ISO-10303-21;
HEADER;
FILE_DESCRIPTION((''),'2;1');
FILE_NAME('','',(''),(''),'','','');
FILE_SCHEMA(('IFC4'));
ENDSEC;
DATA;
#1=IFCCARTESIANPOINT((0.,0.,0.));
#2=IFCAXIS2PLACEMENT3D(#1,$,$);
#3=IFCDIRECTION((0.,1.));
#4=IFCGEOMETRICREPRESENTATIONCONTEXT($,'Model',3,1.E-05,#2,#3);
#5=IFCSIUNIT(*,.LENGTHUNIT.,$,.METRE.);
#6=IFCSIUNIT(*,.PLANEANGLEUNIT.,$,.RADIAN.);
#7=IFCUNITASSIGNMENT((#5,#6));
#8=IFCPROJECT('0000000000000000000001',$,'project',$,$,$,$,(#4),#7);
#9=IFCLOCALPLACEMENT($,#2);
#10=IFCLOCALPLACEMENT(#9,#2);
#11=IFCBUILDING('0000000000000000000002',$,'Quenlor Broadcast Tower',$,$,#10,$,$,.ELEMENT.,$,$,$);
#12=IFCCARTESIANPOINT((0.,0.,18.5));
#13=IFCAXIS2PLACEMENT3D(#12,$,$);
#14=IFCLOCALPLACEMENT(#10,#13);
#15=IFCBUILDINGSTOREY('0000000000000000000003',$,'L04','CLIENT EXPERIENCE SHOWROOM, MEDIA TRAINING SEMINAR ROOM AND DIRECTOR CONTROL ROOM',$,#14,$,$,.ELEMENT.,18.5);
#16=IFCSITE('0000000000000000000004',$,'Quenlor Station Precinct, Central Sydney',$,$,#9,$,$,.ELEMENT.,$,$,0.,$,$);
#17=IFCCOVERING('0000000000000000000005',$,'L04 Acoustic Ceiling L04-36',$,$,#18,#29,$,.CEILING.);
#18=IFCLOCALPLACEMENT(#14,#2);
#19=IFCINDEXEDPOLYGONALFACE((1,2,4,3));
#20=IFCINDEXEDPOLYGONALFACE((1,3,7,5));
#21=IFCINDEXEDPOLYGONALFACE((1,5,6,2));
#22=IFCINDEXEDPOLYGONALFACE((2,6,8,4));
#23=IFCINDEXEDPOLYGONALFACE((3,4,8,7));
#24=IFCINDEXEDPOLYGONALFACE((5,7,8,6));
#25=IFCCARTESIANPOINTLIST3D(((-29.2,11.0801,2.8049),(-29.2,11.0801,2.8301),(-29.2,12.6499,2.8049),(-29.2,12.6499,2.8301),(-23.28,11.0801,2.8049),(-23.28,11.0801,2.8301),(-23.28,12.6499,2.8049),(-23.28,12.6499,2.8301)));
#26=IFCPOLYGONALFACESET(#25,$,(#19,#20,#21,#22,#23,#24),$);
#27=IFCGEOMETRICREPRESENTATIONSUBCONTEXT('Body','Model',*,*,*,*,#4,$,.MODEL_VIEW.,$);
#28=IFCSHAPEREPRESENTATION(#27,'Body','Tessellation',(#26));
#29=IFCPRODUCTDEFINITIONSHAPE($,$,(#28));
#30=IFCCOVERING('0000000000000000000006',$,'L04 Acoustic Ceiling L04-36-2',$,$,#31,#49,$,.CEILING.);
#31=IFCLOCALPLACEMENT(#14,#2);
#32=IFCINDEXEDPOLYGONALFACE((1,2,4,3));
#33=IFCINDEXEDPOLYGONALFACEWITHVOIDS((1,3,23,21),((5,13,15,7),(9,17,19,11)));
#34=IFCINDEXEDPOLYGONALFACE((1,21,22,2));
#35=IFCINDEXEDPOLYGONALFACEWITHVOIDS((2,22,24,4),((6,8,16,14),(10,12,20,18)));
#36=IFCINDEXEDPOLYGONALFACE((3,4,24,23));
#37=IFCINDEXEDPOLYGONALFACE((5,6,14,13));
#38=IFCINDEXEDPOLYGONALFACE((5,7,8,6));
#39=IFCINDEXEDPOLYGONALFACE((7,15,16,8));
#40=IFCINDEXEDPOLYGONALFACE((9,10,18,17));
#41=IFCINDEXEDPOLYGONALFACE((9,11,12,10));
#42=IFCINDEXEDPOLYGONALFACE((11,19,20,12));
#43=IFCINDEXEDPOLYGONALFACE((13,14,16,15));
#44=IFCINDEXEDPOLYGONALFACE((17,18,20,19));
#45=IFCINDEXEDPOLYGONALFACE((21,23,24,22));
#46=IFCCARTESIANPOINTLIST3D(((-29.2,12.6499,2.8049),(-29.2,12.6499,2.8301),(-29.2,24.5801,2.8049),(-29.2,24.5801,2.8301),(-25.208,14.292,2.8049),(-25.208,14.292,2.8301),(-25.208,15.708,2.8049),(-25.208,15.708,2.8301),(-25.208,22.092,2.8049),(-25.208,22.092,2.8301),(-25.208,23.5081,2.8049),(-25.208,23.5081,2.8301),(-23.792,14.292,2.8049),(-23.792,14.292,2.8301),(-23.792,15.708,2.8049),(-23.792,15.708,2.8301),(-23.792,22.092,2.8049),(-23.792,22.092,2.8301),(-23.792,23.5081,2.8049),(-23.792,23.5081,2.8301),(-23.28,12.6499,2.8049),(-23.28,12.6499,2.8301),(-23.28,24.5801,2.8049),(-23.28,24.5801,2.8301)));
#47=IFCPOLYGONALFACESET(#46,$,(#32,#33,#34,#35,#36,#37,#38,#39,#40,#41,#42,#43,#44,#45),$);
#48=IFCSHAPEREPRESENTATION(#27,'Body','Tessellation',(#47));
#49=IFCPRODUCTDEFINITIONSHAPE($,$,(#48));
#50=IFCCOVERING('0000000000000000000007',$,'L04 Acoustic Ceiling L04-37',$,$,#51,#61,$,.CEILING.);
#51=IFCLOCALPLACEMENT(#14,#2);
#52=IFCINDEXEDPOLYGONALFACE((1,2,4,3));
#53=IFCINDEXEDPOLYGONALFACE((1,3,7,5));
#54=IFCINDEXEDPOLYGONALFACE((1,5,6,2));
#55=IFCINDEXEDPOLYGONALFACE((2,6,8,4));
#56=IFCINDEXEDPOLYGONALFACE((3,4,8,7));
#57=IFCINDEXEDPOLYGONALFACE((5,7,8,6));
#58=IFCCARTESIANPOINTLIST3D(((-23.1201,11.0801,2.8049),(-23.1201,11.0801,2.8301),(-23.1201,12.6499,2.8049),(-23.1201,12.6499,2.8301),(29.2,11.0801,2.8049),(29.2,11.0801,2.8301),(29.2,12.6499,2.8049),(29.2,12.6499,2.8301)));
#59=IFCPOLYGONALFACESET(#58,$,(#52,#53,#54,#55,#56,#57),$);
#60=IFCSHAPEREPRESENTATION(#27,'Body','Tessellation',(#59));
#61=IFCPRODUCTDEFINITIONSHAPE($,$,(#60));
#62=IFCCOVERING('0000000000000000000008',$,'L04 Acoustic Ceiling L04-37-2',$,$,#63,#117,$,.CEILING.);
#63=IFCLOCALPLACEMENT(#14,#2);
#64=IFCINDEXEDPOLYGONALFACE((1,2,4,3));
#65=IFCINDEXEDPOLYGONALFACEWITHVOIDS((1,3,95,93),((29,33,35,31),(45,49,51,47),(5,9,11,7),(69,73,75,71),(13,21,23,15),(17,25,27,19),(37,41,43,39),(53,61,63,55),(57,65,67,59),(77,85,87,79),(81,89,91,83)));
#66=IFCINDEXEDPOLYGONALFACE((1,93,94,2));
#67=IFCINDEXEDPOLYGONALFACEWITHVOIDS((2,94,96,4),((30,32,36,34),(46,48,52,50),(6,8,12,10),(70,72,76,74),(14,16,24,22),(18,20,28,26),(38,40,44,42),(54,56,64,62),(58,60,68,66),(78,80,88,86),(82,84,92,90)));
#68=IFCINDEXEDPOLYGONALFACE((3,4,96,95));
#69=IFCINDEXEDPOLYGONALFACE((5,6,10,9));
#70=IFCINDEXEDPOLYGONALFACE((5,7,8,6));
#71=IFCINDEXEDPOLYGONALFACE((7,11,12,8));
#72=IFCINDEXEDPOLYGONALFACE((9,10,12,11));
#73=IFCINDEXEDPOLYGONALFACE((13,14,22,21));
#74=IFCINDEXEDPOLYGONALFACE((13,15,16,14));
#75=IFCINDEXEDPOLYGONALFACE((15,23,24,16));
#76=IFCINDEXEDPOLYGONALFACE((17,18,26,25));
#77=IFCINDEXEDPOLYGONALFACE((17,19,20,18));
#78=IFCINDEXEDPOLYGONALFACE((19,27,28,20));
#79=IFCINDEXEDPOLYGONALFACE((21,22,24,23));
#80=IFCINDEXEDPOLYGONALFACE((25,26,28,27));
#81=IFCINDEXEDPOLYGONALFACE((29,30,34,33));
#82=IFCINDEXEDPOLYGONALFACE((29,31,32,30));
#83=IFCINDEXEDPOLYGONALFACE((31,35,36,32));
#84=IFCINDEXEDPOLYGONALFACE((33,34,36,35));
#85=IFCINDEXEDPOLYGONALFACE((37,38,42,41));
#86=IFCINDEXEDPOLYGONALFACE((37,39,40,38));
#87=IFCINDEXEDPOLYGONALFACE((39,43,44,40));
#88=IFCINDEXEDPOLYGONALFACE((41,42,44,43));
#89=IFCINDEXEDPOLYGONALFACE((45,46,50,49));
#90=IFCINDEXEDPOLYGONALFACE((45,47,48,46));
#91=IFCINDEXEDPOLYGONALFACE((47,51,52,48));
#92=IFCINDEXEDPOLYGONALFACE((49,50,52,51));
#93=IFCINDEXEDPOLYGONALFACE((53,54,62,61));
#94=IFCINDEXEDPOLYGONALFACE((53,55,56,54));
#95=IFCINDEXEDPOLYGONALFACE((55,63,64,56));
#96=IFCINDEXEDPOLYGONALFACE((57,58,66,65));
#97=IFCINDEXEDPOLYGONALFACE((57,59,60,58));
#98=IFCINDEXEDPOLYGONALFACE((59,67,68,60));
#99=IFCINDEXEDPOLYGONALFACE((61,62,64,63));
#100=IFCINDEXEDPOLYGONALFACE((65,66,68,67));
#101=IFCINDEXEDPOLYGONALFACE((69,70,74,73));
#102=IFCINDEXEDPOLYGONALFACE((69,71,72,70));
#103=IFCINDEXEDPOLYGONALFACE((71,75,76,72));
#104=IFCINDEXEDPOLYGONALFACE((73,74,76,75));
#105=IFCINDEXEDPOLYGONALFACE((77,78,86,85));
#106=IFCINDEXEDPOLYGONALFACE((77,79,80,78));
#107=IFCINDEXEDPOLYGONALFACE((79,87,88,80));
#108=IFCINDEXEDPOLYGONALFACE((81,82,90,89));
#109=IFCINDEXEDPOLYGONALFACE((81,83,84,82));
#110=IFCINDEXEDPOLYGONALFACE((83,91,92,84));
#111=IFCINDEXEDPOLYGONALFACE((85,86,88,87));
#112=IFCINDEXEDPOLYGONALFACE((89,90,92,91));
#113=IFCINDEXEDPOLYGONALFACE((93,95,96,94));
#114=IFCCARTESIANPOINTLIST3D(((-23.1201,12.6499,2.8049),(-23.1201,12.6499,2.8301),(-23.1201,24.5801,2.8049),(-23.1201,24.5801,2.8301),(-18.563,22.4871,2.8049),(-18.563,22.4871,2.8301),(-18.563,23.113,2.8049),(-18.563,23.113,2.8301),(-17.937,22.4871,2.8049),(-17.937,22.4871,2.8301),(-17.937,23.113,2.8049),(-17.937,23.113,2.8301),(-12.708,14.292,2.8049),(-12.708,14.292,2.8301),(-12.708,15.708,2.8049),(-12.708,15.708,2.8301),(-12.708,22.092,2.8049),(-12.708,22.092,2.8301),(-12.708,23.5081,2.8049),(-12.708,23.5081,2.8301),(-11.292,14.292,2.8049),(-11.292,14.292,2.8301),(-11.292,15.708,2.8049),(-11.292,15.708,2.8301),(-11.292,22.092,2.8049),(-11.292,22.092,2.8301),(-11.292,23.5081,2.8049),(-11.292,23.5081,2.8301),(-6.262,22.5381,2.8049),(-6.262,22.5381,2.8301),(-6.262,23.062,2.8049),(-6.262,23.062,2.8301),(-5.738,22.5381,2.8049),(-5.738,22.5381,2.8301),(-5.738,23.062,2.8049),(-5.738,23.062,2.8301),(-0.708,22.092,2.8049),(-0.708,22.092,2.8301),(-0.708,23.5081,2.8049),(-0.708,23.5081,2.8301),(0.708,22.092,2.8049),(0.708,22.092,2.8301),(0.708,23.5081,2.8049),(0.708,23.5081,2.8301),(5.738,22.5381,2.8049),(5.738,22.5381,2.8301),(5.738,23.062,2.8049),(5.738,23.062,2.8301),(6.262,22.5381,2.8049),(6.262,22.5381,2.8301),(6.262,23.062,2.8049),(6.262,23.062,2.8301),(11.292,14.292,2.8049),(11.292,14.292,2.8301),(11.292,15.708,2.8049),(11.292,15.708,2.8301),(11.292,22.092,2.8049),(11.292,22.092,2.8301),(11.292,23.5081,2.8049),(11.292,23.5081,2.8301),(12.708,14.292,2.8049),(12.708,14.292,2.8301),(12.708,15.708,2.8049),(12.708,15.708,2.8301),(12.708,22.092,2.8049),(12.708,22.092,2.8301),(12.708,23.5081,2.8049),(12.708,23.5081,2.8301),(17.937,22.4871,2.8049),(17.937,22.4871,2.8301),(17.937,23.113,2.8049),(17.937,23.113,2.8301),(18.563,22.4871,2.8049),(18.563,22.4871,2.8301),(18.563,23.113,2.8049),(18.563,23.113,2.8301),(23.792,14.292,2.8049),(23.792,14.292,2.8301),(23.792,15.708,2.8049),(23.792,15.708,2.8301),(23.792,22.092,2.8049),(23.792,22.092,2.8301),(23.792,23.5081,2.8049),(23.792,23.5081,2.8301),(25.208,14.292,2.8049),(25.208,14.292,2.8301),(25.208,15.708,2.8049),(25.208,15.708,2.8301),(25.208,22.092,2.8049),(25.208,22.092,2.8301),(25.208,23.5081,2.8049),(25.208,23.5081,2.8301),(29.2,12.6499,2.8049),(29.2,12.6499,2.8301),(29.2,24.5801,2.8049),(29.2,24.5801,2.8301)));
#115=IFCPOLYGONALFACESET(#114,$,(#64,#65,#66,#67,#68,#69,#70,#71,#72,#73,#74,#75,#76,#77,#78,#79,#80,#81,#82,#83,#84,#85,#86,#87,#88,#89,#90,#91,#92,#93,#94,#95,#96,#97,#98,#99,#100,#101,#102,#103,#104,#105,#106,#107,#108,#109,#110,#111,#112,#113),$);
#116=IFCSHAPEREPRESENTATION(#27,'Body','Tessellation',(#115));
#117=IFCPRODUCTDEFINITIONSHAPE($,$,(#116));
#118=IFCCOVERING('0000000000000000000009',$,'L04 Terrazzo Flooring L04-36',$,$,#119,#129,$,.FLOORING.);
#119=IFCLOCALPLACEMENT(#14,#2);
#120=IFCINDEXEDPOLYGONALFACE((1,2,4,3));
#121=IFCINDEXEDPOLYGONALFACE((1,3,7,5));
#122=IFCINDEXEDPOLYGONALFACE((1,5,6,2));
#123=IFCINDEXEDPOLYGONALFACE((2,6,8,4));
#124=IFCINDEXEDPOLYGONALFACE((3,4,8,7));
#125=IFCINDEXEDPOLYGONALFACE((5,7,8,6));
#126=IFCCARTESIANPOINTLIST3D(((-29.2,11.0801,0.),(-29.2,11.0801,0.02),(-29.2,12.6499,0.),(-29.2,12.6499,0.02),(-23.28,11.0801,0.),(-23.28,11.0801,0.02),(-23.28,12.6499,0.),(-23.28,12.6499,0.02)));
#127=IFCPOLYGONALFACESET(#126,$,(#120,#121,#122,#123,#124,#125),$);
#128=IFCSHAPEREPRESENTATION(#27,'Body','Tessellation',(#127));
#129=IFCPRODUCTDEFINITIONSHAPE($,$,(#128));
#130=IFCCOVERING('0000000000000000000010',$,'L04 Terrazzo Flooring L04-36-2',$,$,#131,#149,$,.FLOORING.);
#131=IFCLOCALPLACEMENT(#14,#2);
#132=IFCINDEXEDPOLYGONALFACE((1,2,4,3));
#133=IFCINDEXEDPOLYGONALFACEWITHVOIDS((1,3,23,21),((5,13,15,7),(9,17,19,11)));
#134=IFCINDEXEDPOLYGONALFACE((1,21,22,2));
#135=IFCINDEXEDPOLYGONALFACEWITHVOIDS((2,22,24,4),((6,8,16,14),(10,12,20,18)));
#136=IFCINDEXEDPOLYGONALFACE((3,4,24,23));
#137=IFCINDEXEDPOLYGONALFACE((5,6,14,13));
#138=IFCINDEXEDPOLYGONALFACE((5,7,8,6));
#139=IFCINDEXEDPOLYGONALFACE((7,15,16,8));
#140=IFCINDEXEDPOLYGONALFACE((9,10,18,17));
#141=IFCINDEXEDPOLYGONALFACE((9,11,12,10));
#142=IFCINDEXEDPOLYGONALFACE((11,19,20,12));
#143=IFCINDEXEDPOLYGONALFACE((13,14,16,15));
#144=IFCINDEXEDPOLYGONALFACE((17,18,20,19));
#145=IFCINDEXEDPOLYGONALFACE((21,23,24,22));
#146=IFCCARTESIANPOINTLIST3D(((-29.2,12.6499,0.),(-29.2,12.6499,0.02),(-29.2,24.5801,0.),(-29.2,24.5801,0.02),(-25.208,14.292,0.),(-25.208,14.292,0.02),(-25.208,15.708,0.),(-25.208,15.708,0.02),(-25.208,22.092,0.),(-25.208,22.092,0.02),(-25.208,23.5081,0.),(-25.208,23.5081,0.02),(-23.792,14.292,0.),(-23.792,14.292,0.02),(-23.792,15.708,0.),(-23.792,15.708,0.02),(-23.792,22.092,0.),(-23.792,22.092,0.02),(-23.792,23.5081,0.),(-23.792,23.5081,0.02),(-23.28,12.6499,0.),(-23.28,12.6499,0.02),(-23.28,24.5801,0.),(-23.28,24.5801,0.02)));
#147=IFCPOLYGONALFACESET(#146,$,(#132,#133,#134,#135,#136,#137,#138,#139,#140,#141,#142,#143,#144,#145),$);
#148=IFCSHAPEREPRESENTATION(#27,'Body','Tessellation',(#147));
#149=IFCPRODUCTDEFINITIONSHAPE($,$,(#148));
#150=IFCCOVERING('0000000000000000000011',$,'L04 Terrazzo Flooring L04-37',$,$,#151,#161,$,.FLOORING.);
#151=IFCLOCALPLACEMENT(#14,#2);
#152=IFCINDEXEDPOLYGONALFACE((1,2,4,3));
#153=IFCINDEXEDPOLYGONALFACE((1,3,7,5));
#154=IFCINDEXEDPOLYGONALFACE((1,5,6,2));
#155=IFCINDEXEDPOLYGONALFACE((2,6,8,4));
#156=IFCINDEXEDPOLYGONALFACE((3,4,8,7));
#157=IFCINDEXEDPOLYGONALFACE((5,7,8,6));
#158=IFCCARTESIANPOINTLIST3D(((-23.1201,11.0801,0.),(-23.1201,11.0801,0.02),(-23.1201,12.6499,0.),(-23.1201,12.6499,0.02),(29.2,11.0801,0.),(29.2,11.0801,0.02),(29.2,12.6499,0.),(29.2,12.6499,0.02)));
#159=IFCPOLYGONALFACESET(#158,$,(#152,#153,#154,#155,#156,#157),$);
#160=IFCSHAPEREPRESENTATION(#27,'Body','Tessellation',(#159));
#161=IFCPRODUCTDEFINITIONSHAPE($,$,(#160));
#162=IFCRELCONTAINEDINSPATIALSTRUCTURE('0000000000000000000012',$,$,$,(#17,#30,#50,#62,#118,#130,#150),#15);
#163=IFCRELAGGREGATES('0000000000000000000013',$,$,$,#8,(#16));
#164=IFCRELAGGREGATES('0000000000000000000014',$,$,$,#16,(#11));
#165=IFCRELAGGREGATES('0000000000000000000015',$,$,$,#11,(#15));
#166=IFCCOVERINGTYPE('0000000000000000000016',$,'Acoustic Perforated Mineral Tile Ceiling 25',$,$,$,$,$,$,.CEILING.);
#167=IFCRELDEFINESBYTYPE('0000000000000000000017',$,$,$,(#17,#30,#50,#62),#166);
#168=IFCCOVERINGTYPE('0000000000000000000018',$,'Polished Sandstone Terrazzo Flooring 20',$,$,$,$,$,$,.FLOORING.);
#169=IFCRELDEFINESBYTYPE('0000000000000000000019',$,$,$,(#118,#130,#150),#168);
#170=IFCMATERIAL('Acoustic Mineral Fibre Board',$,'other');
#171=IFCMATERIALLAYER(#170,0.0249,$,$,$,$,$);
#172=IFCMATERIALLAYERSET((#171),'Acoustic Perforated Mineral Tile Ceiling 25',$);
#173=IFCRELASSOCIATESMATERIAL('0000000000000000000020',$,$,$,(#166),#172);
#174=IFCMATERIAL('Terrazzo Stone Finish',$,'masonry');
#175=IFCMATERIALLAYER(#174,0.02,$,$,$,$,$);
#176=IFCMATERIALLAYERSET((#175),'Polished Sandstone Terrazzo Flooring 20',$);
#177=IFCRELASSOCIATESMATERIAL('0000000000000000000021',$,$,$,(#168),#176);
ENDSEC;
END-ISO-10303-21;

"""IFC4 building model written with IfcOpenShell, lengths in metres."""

from ifc_helpers import new_model, si_unit, direction, frame, origin, place, context, subcontext, project, spatial, polyline, outline, extrude, material, layer, layer_set, type_object, element, save


model = new_model("IFC4")

# Units and contexts
model_context = context("Model", 3, precision=1e-05, world=origin(), true_north=direction((0.0, 1.0)))
body_context = subcontext(model_context, "Body", "Model", "MODEL_VIEW")
ifc_project = project(units=[si_unit("LENGTHUNIT", "METRE"), si_unit("PLANEANGLEUNIT", "RADIAN")], contexts=[model_context])

# Site, building, storey
site_placement = place(None, origin())
site = spatial("IfcSite", under=ifc_project, at=site_placement, Name="Quenlor Station Precinct, Central Sydney", CompositionType="ELEMENT", RefElevation=0.0)
building_placement = place(site_placement, origin())
building = spatial("IfcBuilding", under=site, at=building_placement, Name="Quenlor Broadcast Tower", CompositionType="ELEMENT")
storey_placement = place(building_placement, frame((0.0, 0.0, 18.5)))
storey = spatial("IfcBuildingStorey", under=building, at=storey_placement, Name="L04", Description="CLIENT EXPERIENCE SHOWROOM, MEDIA TRAINING SEMINAR ROOM AND DIRECTOR CONTROL ROOM", CompositionType="ELEMENT", Elevation=18.5)

# Coverings
ifc_material_1 = material(Name="Acoustic Mineral Fibre Board", Category="other")
ifc_layer_1 = layer(ifc_material_1, 0.0249)
ifc_layer_set_1 = layer_set([ifc_layer_1], Name="Acoustic Perforated Mineral Tile Ceiling 25")
covering_type_1 = type_object("IfcCoveringType", Name="Acoustic Perforated Mineral Tile Ceiling 25", PredefinedType="CEILING", material=ifc_layer_set_1)
covering_1_placement = place(storey_placement, frame((0.0, 0.0, 2.8049)))
element("IfcCovering", 1, at=covering_1_placement, inside=storey, type_object=covering_type_1, Name="L04 Acoustic Ceiling L04-36", PredefinedType="CEILING", context=body_context, shape_type="SweptSolid", body=[
    extrude(outline(polyline([(-23.28, 11.0801), (-29.2, 11.0801), (-29.2, 12.6499), (-23.28, 12.6499), (-23.28, 11.0801)])), origin(), (0.0, 0.0, 1.0), 0.0251),
])
covering_2_placement = place(storey_placement, frame((0.0, 0.0, 2.8049)))
element("IfcCovering", 2, at=covering_2_placement, inside=storey, type_object=covering_type_1, Name="L04 Acoustic Ceiling L04-36-2", PredefinedType="CEILING", context=body_context, shape_type="SweptSolid", body=[
    extrude(outline(polyline([(-23.28, 24.5801), (-23.28, 12.6499), (-29.2, 12.6499), (-29.2, 24.5801), (-23.28, 24.5801)]), holes=[polyline([(-23.792, 14.292), (-23.792, 15.708), (-25.208, 15.708), (-25.208, 14.292), (-23.792, 14.292)]), polyline([(-23.792, 23.5081), (-25.208, 23.5081), (-25.208, 22.092), (-23.792, 22.092), (-23.792, 23.5081)])]), origin(), (0.0, 0.0, 1.0), 0.0251),
])
covering_3_placement = place(storey_placement, frame((0.0, 0.0, 2.8049)))
element("IfcCovering", 3, at=covering_3_placement, inside=storey, type_object=covering_type_1, Name="L04 Acoustic Ceiling L04-37", PredefinedType="CEILING", context=body_context, shape_type="SweptSolid", body=[
    extrude(outline(polyline([(29.2, 11.0801), (-23.1201, 11.0801), (-23.1201, 12.6499), (29.2, 12.6499), (29.2, 11.0801)])), origin(), (0.0, 0.0, 1.0), 0.0251),
])
covering_4_placement = place(storey_placement, frame((0.0, 0.0, 2.8049)))
element("IfcCovering", 4, at=covering_4_placement, inside=storey, type_object=covering_type_1, Name="L04 Acoustic Ceiling L04-37-2", PredefinedType="CEILING", context=body_context, shape_type="SweptSolid", body=[
    extrude(outline(polyline([(29.2, 24.5801), (29.2, 12.6499), (-23.1201, 12.6499), (-23.1201, 24.5801), (29.2, 24.5801)]), holes=[polyline([(-17.937, 22.4871), (-17.937, 23.113), (-18.563, 23.113), (-18.563, 22.4871), (-17.937, 22.4871)]), polyline([(12.708, 14.292), (12.708, 15.708), (11.292, 15.708), (11.292, 14.292), (12.708, 14.292)]), polyline([(-11.292, 15.708), (-12.708, 15.708), (-12.708, 14.292), (-11.292, 14.292), (-11.292, 15.708)]), polyline([(0.708, 22.092), (0.708, 23.5081), (-0.708, 23.5081), (-0.708, 22.092), (0.708, 22.092)]), polyline([(12.708, 22.092), (12.708, 23.5081), (11.292, 23.5081), (11.292, 22.092), (12.708, 22.092)]), polyline([(6.262, 23.062), (5.738, 23.062), (5.738, 22.5381), (6.262, 22.5381), (6.262, 23.062)]), polyline([(-5.738, 22.5381), (-5.738, 23.062), (-6.262, 23.062), (-6.262, 22.5381), (-5.738, 22.5381)]), polyline([(-11.292, 22.092), (-11.292, 23.5081), (-12.708, 23.5081), (-12.708, 22.092), (-11.292, 22.092)]), polyline([(25.208, 14.292), (25.208, 15.708), (23.792, 15.708), (23.792, 14.292), (25.208, 14.292)]), polyline([(25.208, 22.092), (25.208, 23.5081), (23.792, 23.5081), (23.792, 22.092), (25.208, 22.092)]), polyline([(18.563, 22.4871), (18.563, 23.113), (17.937, 23.113), (17.937, 22.4871), (18.563, 22.4871)])]), origin(), (0.0, 0.0, 1.0), 0.0251),
])
ifc_material_2 = material(Name="Terrazzo Stone Finish", Category="masonry")
ifc_layer_2 = layer(ifc_material_2, 0.02)
ifc_layer_set_2 = layer_set([ifc_layer_2], Name="Polished Sandstone Terrazzo Flooring 20")
covering_type_2 = type_object("IfcCoveringType", Name="Polished Sandstone Terrazzo Flooring 20", PredefinedType="FLOORING", material=ifc_layer_set_2)
covering_5_placement = place(storey_placement, origin())
element("IfcCovering", 5, at=covering_5_placement, inside=storey, type_object=covering_type_2, Name="L04 Terrazzo Flooring L04-36", PredefinedType="FLOORING", context=body_context, shape_type="SweptSolid", body=[
    extrude(outline(polyline([(-23.28, 11.0801), (-29.2, 11.0801), (-29.2, 12.6499), (-23.28, 12.6499), (-23.28, 11.0801)])), origin(), (0.0, 0.0, 1.0), 0.02),
])
covering_6_placement = place(storey_placement, origin())
element("IfcCovering", 6, at=covering_6_placement, inside=storey, type_object=covering_type_2, Name="L04 Terrazzo Flooring L04-36-2", PredefinedType="FLOORING", context=body_context, shape_type="SweptSolid", body=[
    extrude(outline(polyline([(-23.28, 24.5801), (-23.28, 12.6499), (-29.2, 12.6499), (-29.2, 24.5801), (-23.28, 24.5801)]), holes=[polyline([(-23.792, 14.292), (-23.792, 15.708), (-25.208, 15.708), (-25.208, 14.292), (-23.792, 14.292)]), polyline([(-23.792, 23.5081), (-25.208, 23.5081), (-25.208, 22.092), (-23.792, 22.092), (-23.792, 23.5081)])]), origin(), (0.0, 0.0, 1.0), 0.02),
])
covering_7_placement = place(storey_placement, origin())
element("IfcCovering", 7, at=covering_7_placement, inside=storey, type_object=covering_type_2, Name="L04 Terrazzo Flooring L04-37", PredefinedType="FLOORING", context=body_context, shape_type="SweptSolid", body=[
    extrude(outline(polyline([(29.2, 11.0801), (-23.1201, 11.0801), (-23.1201, 12.6499), (29.2, 12.6499), (29.2, 11.0801)])), origin(), (0.0, 0.0, 1.0), 0.02),
])

save(model, "model.ifc")
